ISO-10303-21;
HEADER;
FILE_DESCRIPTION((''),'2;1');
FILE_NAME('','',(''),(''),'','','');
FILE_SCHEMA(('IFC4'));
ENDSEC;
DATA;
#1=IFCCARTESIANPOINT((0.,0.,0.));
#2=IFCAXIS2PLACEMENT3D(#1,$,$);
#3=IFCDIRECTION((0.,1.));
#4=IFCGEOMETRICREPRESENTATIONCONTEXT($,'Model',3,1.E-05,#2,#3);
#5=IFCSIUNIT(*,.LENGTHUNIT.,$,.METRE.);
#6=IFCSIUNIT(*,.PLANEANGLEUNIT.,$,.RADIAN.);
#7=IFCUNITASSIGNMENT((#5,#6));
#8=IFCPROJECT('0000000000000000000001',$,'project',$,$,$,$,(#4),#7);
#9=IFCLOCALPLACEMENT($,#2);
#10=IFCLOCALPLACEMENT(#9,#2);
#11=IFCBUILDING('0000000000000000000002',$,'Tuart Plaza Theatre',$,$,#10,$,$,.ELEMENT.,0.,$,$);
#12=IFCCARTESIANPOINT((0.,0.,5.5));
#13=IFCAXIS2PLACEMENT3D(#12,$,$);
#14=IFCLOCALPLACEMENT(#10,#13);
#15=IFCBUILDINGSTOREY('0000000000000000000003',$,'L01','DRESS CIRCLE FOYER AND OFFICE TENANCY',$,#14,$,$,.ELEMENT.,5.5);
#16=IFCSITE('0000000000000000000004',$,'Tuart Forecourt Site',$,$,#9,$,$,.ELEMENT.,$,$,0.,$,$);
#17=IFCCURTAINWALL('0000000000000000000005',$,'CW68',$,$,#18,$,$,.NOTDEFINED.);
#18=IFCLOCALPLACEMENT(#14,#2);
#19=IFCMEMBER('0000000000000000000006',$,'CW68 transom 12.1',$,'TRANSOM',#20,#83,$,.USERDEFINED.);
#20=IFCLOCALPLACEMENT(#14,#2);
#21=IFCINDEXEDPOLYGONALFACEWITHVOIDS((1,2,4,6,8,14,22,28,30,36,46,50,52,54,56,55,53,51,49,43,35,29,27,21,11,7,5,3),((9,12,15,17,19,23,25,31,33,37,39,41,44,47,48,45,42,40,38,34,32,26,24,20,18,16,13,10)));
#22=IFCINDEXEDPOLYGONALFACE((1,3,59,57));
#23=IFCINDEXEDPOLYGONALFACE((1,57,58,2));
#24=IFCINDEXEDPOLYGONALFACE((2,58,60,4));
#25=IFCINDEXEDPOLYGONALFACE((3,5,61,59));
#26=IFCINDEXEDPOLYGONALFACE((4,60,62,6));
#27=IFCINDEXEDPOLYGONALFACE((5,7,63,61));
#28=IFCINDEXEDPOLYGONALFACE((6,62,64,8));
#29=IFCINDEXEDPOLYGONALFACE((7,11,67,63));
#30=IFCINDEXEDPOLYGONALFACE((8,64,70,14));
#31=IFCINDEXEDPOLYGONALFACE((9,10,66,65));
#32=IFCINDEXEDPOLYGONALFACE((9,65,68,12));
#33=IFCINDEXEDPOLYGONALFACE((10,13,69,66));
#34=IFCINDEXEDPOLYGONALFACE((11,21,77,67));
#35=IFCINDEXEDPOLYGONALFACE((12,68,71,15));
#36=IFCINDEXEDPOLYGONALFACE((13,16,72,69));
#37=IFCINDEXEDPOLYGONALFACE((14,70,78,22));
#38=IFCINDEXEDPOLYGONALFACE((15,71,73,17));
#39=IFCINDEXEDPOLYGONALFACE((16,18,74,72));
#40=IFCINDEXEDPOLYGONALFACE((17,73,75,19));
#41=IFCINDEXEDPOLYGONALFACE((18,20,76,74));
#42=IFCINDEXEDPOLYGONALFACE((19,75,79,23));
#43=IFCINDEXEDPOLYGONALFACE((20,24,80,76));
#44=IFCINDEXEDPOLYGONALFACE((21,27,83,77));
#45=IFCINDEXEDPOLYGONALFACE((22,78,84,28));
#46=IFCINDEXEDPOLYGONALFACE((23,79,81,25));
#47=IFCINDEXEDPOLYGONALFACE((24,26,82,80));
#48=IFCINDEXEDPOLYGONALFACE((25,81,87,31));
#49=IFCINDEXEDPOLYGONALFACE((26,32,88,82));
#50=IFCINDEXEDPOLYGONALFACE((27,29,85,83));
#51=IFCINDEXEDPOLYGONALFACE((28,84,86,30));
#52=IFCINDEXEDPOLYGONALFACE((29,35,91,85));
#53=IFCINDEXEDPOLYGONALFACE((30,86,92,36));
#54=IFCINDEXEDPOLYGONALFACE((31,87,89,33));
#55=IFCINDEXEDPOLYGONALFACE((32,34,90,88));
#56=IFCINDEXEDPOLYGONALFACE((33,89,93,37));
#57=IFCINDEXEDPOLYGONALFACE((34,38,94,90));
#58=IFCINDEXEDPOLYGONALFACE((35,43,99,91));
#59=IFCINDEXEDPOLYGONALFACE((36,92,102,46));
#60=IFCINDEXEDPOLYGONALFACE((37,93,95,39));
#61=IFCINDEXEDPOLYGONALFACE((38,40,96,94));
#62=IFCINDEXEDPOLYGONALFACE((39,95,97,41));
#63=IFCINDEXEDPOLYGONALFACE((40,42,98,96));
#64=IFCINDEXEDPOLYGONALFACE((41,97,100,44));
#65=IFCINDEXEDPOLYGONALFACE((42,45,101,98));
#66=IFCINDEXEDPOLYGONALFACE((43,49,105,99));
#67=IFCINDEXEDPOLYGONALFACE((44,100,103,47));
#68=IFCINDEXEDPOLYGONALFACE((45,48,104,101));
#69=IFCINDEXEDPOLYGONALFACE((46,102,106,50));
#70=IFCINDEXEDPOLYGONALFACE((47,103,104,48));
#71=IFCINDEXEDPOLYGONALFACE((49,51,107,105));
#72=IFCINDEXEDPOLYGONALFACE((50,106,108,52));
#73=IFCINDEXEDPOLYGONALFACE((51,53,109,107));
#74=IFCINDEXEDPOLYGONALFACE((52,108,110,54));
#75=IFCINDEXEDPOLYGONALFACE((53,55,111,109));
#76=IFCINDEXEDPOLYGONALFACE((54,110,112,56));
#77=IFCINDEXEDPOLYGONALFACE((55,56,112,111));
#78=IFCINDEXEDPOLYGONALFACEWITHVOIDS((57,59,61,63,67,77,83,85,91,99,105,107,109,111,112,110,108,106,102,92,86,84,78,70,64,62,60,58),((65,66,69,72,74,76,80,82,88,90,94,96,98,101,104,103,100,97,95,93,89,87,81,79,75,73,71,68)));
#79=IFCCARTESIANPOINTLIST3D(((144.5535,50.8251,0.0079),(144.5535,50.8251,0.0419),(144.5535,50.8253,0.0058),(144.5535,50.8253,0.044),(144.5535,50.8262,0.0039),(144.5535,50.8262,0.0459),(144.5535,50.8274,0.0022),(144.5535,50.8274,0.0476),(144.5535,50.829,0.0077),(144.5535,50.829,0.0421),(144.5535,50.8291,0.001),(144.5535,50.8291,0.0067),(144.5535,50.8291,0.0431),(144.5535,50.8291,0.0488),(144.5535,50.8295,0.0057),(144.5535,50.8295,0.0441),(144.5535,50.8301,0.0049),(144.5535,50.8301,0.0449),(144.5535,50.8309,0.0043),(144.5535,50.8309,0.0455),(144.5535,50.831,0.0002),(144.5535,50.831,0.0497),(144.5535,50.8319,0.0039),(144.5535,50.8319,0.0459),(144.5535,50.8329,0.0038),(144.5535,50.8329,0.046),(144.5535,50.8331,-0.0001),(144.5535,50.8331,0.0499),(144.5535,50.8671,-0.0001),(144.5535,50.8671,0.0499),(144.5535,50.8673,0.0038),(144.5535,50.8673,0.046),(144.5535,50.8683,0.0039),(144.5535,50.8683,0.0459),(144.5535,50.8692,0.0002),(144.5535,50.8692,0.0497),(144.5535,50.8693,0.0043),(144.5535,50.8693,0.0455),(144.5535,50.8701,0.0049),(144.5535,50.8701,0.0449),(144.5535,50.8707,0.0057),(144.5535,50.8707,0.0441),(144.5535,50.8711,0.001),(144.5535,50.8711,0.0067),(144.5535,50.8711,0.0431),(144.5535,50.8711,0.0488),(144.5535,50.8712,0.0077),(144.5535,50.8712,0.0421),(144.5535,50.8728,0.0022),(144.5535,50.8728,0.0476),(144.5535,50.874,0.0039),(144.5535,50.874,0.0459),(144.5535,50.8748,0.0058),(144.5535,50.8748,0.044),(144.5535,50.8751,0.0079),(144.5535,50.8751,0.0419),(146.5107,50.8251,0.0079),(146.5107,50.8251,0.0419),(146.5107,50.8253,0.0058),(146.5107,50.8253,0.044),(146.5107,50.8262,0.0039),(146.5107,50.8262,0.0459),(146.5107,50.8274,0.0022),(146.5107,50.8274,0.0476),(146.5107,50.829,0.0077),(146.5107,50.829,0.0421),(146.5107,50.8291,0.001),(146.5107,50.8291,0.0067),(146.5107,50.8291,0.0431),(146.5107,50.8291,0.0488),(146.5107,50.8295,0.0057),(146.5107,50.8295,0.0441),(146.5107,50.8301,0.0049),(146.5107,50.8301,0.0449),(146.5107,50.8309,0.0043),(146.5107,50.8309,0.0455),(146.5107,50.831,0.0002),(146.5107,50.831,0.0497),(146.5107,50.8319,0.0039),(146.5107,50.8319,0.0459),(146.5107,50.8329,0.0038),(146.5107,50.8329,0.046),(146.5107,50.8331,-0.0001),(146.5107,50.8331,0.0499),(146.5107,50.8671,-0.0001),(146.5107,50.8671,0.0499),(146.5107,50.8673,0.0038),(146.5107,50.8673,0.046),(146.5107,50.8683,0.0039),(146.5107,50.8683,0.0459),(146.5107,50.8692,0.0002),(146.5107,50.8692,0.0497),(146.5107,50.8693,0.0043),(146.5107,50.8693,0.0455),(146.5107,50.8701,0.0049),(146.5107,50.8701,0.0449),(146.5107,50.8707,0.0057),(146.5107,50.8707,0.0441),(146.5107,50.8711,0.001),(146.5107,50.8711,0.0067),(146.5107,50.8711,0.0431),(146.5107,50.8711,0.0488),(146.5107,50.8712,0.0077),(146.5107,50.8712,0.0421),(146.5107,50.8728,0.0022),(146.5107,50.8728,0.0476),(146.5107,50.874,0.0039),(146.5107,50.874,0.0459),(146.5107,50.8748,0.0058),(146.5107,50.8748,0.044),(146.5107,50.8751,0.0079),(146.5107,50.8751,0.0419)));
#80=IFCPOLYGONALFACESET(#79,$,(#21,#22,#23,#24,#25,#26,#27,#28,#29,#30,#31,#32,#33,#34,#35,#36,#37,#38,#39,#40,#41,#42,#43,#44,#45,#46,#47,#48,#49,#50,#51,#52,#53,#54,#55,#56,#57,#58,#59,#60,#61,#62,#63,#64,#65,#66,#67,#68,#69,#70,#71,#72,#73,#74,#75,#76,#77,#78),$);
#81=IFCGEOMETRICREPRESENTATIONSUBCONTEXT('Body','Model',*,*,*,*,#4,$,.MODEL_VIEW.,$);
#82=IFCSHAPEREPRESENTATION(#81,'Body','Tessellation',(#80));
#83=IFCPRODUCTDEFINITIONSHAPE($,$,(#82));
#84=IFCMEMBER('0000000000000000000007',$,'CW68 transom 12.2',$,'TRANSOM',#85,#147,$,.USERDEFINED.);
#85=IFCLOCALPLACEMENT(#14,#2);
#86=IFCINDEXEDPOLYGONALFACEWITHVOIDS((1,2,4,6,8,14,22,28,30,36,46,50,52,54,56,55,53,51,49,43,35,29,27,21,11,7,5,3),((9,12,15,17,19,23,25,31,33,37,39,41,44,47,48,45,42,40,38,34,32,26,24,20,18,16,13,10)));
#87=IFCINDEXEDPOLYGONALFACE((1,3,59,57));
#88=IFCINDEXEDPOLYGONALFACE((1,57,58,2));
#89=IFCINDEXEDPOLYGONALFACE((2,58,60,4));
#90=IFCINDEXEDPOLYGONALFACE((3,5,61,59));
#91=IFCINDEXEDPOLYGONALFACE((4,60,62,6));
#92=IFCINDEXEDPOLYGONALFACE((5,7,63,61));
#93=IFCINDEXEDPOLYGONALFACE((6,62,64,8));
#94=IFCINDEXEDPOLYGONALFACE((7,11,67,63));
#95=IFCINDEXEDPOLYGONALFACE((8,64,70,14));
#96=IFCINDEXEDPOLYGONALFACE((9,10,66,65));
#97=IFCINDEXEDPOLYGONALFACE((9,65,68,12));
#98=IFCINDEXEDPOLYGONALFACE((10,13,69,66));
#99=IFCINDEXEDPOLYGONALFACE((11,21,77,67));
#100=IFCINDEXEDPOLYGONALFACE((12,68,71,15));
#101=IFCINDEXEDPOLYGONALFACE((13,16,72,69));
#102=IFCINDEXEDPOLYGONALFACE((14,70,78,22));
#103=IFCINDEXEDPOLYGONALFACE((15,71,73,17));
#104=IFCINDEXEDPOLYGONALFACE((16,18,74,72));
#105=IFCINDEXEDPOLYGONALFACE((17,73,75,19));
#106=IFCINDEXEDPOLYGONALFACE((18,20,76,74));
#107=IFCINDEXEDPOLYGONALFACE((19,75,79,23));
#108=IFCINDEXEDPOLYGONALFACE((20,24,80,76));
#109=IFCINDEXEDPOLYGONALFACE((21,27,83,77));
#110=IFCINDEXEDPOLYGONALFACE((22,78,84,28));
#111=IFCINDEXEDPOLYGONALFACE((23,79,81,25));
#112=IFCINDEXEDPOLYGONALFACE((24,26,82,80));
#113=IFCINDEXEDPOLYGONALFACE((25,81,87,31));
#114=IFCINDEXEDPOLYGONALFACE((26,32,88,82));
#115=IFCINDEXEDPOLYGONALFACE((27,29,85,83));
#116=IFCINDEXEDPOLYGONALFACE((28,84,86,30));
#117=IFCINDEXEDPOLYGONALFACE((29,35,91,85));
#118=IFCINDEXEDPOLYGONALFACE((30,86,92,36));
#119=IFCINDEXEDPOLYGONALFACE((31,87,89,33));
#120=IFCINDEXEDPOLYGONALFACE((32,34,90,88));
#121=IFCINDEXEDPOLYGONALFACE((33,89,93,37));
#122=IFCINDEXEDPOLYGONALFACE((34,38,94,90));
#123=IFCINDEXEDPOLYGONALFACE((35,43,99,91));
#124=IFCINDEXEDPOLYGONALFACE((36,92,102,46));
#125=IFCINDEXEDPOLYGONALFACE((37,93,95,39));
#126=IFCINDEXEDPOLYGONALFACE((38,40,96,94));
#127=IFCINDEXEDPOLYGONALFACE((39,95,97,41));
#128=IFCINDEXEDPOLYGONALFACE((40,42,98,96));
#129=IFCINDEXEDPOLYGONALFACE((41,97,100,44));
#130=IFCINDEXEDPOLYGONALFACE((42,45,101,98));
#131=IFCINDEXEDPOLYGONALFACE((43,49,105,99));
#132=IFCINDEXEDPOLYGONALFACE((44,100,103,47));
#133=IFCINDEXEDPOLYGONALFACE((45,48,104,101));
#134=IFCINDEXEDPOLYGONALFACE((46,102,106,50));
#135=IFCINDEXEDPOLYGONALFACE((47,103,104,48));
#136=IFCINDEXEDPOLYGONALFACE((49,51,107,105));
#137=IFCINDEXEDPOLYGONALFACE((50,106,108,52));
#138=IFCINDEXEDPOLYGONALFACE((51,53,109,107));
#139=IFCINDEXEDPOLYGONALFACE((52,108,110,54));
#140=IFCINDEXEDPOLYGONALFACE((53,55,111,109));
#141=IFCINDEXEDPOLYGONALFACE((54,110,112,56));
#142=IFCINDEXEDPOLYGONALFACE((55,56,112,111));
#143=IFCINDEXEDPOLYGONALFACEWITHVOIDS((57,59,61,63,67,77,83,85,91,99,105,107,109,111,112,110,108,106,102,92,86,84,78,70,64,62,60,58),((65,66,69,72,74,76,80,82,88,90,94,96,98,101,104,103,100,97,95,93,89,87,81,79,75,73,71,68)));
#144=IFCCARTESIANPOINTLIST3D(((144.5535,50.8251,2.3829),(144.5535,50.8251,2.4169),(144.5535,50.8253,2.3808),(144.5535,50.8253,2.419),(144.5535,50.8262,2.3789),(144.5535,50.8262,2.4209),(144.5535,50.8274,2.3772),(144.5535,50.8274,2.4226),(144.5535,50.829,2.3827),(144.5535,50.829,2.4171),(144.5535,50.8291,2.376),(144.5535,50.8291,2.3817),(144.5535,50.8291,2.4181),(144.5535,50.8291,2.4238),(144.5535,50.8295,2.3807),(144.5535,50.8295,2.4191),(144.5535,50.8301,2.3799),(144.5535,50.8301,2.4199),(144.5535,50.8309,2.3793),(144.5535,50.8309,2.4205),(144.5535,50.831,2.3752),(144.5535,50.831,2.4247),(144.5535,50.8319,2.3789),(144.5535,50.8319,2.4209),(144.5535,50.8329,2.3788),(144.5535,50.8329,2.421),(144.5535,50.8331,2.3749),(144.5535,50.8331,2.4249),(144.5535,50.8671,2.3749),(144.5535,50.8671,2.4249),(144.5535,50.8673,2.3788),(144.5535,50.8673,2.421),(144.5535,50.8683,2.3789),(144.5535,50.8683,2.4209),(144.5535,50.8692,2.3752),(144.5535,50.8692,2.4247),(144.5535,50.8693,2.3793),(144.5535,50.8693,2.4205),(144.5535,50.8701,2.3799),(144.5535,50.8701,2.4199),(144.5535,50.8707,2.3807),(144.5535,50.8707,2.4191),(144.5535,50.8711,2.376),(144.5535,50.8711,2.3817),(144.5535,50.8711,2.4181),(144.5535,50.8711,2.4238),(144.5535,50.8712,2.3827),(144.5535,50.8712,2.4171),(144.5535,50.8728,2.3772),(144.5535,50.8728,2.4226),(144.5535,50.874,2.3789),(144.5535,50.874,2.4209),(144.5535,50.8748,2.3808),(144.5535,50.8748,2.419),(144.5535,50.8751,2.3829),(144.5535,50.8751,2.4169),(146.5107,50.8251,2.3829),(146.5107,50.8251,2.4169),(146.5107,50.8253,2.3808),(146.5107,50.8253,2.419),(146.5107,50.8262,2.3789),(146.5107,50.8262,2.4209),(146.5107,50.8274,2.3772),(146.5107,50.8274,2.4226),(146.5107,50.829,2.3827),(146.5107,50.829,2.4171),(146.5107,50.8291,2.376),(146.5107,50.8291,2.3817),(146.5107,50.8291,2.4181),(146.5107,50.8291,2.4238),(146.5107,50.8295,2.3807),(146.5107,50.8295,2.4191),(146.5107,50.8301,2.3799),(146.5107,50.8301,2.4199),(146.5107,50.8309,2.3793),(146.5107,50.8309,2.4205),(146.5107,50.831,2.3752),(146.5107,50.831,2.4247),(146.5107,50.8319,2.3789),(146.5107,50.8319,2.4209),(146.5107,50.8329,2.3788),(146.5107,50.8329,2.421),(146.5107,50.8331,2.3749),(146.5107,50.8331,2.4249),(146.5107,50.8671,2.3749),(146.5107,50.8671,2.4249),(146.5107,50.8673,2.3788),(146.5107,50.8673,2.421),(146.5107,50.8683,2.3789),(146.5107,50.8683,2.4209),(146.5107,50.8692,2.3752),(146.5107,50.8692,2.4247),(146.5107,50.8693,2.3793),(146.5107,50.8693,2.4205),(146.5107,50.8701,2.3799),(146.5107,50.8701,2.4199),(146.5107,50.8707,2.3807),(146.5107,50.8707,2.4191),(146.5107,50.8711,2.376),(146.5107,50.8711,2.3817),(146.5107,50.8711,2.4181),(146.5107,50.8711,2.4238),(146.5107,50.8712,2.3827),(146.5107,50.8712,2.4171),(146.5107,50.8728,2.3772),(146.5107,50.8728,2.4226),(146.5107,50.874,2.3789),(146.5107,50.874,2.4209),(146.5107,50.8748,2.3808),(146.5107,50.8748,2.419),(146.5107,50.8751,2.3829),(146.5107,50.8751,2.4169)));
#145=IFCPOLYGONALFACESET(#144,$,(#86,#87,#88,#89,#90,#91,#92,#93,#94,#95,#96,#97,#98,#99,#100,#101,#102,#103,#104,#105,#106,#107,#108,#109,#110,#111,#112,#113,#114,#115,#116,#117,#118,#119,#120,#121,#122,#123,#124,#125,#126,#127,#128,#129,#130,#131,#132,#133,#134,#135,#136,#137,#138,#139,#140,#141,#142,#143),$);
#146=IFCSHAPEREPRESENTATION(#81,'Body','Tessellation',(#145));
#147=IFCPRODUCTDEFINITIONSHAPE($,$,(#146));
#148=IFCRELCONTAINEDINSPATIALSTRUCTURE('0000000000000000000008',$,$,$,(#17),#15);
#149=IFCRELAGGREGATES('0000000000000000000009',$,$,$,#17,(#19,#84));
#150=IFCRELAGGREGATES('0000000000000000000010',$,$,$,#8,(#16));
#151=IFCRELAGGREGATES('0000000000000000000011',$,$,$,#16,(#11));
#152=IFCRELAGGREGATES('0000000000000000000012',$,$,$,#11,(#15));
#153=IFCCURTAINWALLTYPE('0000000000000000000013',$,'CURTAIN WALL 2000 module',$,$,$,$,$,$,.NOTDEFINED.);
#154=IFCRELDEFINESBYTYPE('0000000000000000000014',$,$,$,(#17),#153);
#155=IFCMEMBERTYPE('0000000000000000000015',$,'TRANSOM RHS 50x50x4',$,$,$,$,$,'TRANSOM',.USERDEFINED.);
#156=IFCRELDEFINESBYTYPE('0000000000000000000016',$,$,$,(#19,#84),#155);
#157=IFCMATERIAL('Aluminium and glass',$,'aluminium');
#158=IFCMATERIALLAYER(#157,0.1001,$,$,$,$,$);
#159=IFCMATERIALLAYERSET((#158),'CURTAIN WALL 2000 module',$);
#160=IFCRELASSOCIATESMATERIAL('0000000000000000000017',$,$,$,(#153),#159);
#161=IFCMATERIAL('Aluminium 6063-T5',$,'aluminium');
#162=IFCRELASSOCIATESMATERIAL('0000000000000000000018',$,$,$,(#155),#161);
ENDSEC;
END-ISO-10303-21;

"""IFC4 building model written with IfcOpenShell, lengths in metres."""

from ifc_helpers import new_model, si_unit, direction, frame, origin, origin_2d, place, context, subcontext, project, spatial, hollow_rectangle, extrude, material, layer, layer_set, material_profile, profile_set, type_object, element, aggregate, save


model = new_model("IFC4")

# Units and contexts
model_context = context("Model", 3, precision=1e-05, world=origin(), true_north=direction((0.0, 1.0)))
body_context = subcontext(model_context, "Body", "Model", "MODEL_VIEW")
ifc_project = project(units=[si_unit("LENGTHUNIT", "METRE"), si_unit("PLANEANGLEUNIT", "RADIAN")], contexts=[model_context])

# Site, building, storey
site_placement = place(None, origin())
site = spatial("IfcSite", under=ifc_project, at=site_placement, Name="Tuart Forecourt Site", CompositionType="ELEMENT", RefElevation=0.0)
building_placement = place(site_placement, origin())
building = spatial("IfcBuilding", under=site, at=building_placement, Name="Tuart Plaza Theatre", CompositionType="ELEMENT", ElevationOfRefHeight=0.0)
storey_placement = place(building_placement, frame((0.0, 0.0, 5.5)))
storey = spatial("IfcBuildingStorey", under=building, at=storey_placement, Name="L01", Description="DRESS CIRCLE FOYER AND OFFICE TENANCY", CompositionType="ELEMENT", Elevation=5.5)

# Curtain wall, members
ifc_material_1 = material(Name="Aluminium and glass", Category="aluminium")
ifc_layer_1 = layer(ifc_material_1, 0.1001)
ifc_layer_set_1 = layer_set([ifc_layer_1], Name="CURTAIN WALL 2000 module")
curtain_wall_type = type_object("IfcCurtainWallType", Name="CURTAIN WALL 2000 module", PredefinedType="NOTDEFINED", material=ifc_layer_set_1)
curtain_wall_placement = place(storey_placement, origin())
curtain_wall = element("IfcCurtainWall", 1, at=curtain_wall_placement, inside=storey, type_object=curtain_wall_type, Name="CW68", PredefinedType="NOTDEFINED")
ifc_material_2 = material(Name="Aluminium 6063-T5", Category="aluminium")
ifc_material_profile_1 = material_profile(ifc_material_2, hollow_rectangle(XDim=0.05, YDim=0.05, WallThickness=0.0039, InnerFilletRadius=0.0039, OuterFilletRadius=0.0081, at=origin_2d()), Name="RHS 50x50x4")
ifc_profile_set_1 = profile_set([ifc_material_profile_1], Name="Aluminium 6063-T5")
member_type_1 = type_object("IfcMemberType", Name="TRANSOM RHS 50x50x4", ElementType="TRANSOM", PredefinedType="USERDEFINED", material=ifc_profile_set_1)
member_1_placement = place(storey_placement, frame((144.5535, 50.8501, 0.0249), z_axis=(1.0, 0.0, 0.0), x_axis=(0.0, 1.0, 0.0)))
member_1 = element("IfcMember", 2, at=member_1_placement, type_object=member_type_1, Name="CW68 transom 12.1", ObjectType="TRANSOM", PredefinedType="USERDEFINED", context=body_context, shape_type="SweptSolid", body=[
    extrude(hollow_rectangle(XDim=0.05, YDim=0.05, WallThickness=0.0039, InnerFilletRadius=0.0039, OuterFilletRadius=0.0081, at=origin_2d()), origin(), (0.0, 0.0, 1.0), 1.9573),
])
member_2_placement = place(storey_placement, frame((144.5535, 50.8501, 2.3999), z_axis=(1.0, 0.0, 0.0), x_axis=(0.0, 1.0, 0.0)))
member_2 = element("IfcMember", 3, at=member_2_placement, type_object=member_type_1, Name="CW68 transom 12.2", ObjectType="TRANSOM", PredefinedType="USERDEFINED", context=body_context, shape_type="SweptSolid", body=[
    extrude(hollow_rectangle(XDim=0.05, YDim=0.05, WallThickness=0.0039, InnerFilletRadius=0.0039, OuterFilletRadius=0.0081, at=origin_2d()), origin(), (0.0, 0.0, 1.0), 1.9573),
])
aggregate(curtain_wall, [member_1, member_2])

save(model, "model.ifc")
